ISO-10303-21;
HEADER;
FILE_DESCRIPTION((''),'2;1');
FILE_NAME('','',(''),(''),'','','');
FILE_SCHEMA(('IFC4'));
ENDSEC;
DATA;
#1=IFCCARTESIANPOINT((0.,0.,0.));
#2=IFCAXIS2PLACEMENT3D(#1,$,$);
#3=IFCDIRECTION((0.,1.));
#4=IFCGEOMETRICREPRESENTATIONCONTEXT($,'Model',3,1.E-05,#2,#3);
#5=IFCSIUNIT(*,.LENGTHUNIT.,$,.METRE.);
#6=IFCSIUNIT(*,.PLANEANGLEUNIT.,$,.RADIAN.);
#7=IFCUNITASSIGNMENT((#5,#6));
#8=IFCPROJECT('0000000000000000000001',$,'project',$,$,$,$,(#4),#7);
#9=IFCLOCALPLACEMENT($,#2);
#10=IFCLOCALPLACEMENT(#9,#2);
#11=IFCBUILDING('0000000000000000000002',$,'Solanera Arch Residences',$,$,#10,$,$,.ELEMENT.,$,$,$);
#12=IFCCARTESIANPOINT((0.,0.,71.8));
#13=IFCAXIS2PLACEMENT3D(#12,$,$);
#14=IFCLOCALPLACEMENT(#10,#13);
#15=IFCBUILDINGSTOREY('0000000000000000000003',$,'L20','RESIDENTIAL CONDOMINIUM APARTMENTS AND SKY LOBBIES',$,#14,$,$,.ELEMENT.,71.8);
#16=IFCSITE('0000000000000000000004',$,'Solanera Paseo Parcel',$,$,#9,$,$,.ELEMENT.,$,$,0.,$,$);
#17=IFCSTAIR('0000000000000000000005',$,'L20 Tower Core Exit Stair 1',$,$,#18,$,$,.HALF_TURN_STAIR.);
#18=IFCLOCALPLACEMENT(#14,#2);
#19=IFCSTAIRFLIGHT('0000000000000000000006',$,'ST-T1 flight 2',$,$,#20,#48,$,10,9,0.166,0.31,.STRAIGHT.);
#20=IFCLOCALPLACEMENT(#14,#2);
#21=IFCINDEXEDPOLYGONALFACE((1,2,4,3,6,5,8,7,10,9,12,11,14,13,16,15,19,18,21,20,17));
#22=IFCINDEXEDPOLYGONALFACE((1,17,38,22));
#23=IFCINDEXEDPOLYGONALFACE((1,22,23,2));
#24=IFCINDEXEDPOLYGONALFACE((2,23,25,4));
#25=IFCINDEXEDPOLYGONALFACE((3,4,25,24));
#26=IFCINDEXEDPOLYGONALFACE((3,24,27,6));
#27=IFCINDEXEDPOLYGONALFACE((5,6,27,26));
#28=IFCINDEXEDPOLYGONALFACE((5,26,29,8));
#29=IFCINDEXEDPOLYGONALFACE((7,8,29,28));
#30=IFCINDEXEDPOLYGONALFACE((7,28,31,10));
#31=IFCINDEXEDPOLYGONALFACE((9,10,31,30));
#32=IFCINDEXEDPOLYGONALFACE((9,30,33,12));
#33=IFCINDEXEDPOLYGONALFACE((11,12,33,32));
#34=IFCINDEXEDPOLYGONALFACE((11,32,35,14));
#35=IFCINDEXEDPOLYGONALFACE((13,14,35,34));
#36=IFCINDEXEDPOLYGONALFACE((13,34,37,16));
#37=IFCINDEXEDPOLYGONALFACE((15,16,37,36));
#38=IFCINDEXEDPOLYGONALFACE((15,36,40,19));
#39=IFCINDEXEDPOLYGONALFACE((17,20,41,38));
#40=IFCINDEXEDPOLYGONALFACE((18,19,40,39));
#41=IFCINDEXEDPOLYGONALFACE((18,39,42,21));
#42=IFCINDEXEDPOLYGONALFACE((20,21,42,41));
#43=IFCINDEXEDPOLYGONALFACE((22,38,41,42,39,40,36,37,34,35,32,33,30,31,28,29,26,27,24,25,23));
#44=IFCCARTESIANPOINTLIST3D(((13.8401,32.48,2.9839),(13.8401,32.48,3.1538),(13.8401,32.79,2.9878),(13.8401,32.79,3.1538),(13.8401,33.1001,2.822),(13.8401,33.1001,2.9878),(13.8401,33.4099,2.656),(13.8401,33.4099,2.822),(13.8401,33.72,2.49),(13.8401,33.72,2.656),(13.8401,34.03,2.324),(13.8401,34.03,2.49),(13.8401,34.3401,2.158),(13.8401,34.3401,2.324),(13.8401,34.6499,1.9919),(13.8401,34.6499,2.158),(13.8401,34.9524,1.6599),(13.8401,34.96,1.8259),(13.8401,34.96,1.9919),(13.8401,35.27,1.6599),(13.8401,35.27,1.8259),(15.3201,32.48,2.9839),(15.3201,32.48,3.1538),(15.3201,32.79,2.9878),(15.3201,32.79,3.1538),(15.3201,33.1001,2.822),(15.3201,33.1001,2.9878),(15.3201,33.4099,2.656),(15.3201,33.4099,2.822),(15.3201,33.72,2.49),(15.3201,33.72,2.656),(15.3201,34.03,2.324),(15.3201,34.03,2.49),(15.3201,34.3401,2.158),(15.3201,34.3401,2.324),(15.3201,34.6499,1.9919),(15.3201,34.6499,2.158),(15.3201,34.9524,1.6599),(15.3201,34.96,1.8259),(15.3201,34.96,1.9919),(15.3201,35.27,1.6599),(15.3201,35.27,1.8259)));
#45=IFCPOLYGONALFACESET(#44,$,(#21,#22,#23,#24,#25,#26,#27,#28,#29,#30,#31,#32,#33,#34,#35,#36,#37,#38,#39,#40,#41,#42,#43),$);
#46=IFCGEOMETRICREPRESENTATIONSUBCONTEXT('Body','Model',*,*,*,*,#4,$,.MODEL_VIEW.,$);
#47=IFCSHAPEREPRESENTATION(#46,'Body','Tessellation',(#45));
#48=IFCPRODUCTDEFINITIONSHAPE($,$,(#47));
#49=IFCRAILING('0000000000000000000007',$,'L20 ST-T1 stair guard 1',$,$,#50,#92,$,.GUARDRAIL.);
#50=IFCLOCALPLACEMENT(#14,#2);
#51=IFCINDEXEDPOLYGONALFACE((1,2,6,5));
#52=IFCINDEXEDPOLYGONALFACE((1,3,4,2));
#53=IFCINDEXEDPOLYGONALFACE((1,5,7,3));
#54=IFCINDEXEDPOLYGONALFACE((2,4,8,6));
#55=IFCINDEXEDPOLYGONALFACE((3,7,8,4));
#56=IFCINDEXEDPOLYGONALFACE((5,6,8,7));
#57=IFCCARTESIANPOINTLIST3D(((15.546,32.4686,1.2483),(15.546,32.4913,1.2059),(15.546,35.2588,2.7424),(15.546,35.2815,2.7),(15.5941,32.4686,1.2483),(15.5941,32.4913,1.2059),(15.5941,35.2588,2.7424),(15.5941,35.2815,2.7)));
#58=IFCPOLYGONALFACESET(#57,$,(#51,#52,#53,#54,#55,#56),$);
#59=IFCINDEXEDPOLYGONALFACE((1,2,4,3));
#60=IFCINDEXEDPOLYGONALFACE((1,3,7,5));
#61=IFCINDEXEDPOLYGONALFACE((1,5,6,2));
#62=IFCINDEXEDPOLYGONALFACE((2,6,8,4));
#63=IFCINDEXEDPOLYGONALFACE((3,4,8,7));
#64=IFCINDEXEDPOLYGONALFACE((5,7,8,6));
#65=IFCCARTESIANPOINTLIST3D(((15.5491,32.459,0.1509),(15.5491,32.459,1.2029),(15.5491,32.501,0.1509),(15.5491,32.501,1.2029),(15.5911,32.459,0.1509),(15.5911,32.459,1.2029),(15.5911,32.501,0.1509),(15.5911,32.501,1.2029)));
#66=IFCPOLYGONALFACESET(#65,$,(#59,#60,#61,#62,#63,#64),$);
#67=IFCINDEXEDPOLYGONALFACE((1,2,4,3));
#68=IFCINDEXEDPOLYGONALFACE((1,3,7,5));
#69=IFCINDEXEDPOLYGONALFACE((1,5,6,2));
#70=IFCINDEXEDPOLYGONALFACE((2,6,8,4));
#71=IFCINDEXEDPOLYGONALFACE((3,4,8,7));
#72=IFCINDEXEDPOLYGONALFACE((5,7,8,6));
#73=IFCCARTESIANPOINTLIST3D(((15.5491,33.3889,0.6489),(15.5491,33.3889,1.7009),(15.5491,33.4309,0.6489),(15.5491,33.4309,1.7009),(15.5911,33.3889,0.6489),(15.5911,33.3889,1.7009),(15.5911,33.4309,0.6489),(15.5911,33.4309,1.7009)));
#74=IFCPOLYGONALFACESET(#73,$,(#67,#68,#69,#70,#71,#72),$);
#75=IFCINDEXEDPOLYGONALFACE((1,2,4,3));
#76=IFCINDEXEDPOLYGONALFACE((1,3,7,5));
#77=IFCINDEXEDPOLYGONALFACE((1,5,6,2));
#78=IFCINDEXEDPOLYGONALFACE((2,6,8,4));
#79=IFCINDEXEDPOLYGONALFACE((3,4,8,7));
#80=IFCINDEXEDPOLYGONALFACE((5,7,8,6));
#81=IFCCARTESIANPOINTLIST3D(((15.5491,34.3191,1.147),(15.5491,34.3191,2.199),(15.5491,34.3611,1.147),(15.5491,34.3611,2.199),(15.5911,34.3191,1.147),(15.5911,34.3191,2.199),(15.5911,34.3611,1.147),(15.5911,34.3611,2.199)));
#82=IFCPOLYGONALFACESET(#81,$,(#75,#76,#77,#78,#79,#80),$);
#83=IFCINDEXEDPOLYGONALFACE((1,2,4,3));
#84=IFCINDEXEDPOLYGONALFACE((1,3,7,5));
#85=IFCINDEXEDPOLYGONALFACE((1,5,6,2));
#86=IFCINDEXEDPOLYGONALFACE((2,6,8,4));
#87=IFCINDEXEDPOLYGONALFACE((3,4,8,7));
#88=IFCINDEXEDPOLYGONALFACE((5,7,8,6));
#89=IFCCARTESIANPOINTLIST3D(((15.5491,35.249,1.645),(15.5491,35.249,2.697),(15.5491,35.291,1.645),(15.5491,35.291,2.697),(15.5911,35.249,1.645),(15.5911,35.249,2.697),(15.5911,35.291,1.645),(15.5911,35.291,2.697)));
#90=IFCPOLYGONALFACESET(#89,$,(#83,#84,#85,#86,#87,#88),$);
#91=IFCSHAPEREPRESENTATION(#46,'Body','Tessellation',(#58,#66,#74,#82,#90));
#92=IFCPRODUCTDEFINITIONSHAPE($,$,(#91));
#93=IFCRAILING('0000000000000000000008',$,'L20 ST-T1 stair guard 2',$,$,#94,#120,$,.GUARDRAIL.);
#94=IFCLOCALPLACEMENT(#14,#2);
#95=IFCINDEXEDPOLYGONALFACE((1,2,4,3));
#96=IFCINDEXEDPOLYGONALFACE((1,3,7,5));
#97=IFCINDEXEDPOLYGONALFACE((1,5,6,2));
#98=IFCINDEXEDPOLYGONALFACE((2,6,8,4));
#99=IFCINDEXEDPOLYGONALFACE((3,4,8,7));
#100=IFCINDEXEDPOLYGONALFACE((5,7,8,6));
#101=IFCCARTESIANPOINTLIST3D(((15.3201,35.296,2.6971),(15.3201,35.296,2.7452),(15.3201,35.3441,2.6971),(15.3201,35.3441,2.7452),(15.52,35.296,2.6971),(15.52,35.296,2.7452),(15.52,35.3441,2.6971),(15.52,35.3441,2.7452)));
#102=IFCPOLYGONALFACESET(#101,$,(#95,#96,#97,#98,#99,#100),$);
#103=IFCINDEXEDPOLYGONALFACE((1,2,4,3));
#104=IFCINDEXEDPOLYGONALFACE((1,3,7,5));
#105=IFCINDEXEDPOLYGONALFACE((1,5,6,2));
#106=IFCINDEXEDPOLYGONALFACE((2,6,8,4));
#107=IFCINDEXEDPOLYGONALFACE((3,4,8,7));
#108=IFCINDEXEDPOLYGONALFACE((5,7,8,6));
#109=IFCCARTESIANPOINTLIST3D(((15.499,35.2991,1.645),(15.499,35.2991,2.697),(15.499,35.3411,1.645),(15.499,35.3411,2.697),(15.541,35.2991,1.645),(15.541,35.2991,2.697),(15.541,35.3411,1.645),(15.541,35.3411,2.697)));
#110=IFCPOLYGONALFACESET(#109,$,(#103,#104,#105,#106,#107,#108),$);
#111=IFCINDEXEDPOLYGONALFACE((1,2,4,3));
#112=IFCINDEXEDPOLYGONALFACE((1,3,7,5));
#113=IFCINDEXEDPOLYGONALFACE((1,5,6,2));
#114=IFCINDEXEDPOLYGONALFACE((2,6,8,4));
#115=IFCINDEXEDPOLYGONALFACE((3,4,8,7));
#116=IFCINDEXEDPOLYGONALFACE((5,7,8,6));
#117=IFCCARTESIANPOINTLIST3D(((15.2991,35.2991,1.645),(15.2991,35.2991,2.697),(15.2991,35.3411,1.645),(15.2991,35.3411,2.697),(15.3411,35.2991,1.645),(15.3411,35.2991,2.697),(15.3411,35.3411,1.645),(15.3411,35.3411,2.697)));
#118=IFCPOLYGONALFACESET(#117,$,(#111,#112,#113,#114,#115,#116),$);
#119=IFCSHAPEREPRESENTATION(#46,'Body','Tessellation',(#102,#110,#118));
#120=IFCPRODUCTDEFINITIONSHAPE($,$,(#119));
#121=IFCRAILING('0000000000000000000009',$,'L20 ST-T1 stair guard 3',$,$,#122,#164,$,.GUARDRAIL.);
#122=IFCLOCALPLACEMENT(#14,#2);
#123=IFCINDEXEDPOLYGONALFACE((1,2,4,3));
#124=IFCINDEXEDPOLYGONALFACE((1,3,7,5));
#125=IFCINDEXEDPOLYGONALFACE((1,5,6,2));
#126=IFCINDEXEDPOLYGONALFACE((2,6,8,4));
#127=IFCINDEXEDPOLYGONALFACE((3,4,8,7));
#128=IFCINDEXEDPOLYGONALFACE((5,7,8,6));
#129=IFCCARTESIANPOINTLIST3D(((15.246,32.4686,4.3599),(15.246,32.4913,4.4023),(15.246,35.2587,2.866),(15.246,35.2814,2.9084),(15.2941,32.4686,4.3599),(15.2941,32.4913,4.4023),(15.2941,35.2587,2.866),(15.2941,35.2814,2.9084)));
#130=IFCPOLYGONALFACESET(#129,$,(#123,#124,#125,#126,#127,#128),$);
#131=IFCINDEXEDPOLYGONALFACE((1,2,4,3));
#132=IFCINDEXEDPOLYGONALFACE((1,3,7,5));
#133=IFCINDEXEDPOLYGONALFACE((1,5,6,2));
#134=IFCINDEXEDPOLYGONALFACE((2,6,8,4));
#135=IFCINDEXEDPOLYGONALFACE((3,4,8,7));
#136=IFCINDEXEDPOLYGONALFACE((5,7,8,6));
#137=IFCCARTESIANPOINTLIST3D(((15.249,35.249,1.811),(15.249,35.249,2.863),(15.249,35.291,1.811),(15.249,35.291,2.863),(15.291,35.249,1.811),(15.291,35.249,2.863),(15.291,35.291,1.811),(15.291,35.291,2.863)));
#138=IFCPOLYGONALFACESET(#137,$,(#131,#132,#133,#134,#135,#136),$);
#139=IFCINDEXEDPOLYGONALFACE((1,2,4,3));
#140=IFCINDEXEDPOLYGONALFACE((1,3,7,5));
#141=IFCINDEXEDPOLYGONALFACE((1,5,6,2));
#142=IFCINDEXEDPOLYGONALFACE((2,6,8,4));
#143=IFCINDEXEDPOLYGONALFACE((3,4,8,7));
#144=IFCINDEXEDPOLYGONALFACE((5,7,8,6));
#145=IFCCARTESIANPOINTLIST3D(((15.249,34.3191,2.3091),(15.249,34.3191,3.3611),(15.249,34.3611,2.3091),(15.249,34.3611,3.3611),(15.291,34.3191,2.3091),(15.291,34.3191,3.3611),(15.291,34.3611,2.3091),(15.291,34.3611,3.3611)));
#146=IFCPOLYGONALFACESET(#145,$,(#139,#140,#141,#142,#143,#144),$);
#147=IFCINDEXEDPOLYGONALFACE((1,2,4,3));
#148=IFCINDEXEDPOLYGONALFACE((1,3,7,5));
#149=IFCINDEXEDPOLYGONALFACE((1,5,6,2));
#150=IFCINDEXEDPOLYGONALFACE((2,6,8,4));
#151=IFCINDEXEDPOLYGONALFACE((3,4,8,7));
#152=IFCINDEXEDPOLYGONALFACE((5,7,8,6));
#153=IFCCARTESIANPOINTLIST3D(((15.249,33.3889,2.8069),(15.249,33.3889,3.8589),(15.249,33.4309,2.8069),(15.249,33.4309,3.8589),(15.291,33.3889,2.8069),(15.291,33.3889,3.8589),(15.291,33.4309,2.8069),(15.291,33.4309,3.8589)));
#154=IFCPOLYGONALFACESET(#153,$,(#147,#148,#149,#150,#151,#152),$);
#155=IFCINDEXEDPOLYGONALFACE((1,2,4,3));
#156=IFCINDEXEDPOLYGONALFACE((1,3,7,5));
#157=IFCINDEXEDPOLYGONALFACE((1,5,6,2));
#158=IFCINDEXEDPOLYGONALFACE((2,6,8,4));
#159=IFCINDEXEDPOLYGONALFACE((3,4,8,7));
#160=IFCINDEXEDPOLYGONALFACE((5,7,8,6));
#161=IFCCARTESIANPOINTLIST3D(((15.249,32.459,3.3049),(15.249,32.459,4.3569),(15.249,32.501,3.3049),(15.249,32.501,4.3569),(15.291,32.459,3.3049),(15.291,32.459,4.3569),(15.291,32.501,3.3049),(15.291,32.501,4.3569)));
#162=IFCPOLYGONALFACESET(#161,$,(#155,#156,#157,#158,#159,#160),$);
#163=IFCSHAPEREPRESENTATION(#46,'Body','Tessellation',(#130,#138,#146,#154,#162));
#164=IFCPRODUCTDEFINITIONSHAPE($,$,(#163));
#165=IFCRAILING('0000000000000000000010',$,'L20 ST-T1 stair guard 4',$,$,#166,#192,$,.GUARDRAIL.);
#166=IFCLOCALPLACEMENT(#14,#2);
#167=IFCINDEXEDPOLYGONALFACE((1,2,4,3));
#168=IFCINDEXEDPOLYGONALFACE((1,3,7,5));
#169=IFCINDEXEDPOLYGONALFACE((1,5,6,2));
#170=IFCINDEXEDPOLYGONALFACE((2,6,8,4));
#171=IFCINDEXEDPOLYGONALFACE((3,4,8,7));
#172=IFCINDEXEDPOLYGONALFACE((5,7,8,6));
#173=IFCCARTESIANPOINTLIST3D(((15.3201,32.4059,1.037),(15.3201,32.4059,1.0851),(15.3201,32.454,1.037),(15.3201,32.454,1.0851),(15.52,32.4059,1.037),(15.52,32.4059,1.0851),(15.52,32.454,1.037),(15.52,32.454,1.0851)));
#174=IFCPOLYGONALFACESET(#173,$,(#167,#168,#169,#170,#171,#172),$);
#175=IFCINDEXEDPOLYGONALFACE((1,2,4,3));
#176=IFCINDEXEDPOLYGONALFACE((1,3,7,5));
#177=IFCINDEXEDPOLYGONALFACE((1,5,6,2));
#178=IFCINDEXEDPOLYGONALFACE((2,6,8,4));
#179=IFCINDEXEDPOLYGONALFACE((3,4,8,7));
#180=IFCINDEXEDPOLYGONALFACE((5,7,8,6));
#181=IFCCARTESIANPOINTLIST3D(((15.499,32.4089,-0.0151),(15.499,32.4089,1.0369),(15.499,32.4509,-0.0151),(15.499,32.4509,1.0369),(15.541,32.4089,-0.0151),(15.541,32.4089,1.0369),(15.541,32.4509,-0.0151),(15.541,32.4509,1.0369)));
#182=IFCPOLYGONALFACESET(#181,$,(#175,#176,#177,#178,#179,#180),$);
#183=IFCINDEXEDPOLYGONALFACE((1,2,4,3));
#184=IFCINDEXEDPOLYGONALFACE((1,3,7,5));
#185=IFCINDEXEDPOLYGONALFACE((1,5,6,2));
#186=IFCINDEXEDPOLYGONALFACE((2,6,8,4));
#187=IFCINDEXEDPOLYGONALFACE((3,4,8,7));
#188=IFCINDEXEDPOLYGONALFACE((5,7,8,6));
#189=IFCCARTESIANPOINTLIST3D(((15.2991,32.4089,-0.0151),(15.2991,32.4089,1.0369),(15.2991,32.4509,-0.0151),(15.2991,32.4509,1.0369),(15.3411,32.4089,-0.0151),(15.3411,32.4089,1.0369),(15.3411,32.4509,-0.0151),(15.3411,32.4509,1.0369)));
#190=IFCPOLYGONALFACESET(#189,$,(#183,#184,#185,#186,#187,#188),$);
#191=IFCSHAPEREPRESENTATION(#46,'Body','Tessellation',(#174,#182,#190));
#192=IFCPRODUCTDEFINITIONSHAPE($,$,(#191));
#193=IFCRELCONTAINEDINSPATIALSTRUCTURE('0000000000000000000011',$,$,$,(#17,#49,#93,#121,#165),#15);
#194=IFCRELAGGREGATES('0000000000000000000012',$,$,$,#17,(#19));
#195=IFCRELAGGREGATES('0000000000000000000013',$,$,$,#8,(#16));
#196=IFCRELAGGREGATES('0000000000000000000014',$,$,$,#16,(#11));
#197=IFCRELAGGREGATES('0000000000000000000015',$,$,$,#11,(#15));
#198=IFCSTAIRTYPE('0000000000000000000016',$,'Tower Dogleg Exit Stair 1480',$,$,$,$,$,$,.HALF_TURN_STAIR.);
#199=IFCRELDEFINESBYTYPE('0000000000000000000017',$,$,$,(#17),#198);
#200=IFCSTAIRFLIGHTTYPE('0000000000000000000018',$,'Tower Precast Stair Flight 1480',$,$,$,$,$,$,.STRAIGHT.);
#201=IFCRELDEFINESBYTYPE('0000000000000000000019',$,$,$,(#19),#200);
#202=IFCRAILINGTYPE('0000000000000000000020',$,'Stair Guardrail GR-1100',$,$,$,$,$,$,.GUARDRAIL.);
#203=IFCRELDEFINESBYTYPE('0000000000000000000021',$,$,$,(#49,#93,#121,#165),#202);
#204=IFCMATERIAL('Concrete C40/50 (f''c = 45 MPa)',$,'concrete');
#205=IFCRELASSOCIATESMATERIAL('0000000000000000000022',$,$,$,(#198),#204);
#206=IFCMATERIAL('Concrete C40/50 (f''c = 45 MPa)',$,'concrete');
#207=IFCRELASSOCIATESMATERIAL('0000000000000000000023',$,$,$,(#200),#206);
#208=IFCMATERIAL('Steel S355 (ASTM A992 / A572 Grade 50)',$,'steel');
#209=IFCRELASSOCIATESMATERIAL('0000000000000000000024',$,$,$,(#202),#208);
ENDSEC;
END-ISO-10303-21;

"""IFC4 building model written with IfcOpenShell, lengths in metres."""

from ifc_helpers import new_model, si_unit, direction, frame, origin, origin_2d, place, context, subcontext, project, spatial, polyline, rectangle, outline, extrude, material, type_object, element, aggregate, save


model = new_model("IFC4")

# Units and contexts
model_context = context("Model", 3, precision=1e-05, world=origin(), true_north=direction((0.0, 1.0)))
body_context = subcontext(model_context, "Body", "Model", "MODEL_VIEW")
ifc_project = project(units=[si_unit("LENGTHUNIT", "METRE"), si_unit("PLANEANGLEUNIT", "RADIAN")], contexts=[model_context])

# Site, building, storey
site_placement = place(None, origin())
site = spatial("IfcSite", under=ifc_project, at=site_placement, Name="Solanera Paseo Parcel", CompositionType="ELEMENT", RefElevation=0.0)
building_placement = place(site_placement, origin())
building = spatial("IfcBuilding", under=site, at=building_placement, Name="Solanera Arch Residences", CompositionType="ELEMENT")
storey_placement = place(building_placement, frame((0.0, 0.0, 71.8)))
storey = spatial("IfcBuildingStorey", under=building, at=storey_placement, Name="L20", Description="RESIDENTIAL CONDOMINIUM APARTMENTS AND SKY LOBBIES", CompositionType="ELEMENT", Elevation=71.8)

# Stair, stair flight
ifc_material_1 = material(Name="Concrete C40/50 (f'c = 45 MPa)", Category="concrete")
stair_type = type_object("IfcStairType", Name="Tower Dogleg Exit Stair 1480", PredefinedType="HALF_TURN_STAIR", material=ifc_material_1)
stair_placement = place(storey_placement, origin())
stair = element("IfcStair", 1, at=stair_placement, inside=storey, type_object=stair_type, Name="L20 Tower Core Exit Stair 1", PredefinedType="HALF_TURN_STAIR")
ifc_material_2 = material(Name="Concrete C40/50 (f'c = 45 MPa)", Category="concrete")
stair_flight_type = type_object("IfcStairFlightType", Name="Tower Precast Stair Flight 1480", PredefinedType="STRAIGHT", material=ifc_material_2)
stair_flight_1_placement = place(storey_placement, frame((14.5801, 35.27, 1.6599), z_axis=(0.0, 0.0, 1.0), x_axis=(0.0, -1.0, 0.0)))
stair_flight_1 = element("IfcStairFlight", 2, at=stair_flight_1_placement, type_object=stair_flight_type, Name="ST-T1 flight 2", NumberOfRisers=10, NumberOfTreads=9, PredefinedType="STRAIGHT", RiserHeight=0.166, TreadLength=0.31, context=body_context, shape_type="SweptSolid", body=[
    extrude(outline(polyline([(0.0, 0.0), (0.0, 0.166), (0.3101, 0.166), (0.3101, 0.332), (0.6201, 0.332), (0.6201, 0.498), (0.9299, 0.498), (0.9299, 0.6641), (1.24, 0.6641), (1.24, 0.8301), (1.55, 0.8301), (1.55, 0.9961), (1.8601, 0.9961), (1.8601, 1.1621), (2.1699, 1.1621), (2.1699, 1.3279), (2.48, 1.3279), (2.48, 1.4939), (2.79, 1.4939), (2.79, 1.6599), (2.79, 1.324), (0.3176, 0.0), (0.0, 0.0)])), frame((0.0, 0.74, 0.0), z_axis=(0.0, -1.0, 0.0), x_axis=(1.0, 0.0, 0.0)), (0.0, 0.0, 1.0), 1.48),
])
aggregate(stair, [stair_flight_1])

# Railings
ifc_material_3 = material(Name="Steel S355 (ASTM A992 / A572 Grade 50)", Category="steel")
railing_type_1 = type_object("IfcRailingType", Name="Stair Guardrail GR-1100", PredefinedType="GUARDRAIL", material=ifc_material_3)
railing_1_placement = place(storey_placement, frame((15.5701, 32.48, 0.1509)))
element("IfcRailing", 3, at=railing_1_placement, inside=storey, type_object=railing_type_1, Name="L20 ST-T1 stair guard 1", PredefinedType="GUARDRAIL", context=body_context, shape_type="SweptSolid", body=[
    extrude(rectangle(XDim=0.0481, YDim=0.0481, at=origin_2d()), frame((0.0, 0.0, 1.0762), z_axis=(0.0, 0.881549, 0.472093), x_axis=(-1.0, 0.0, 0.0)), (0.0, 0.0, 1.0), 3.165),
    extrude(rectangle(XDim=0.042, YDim=0.042, at=origin_2d()), origin(), (0.0, 0.0, 1.0), 1.052),
    extrude(rectangle(XDim=0.042, YDim=0.042, at=origin_2d()), frame((0.0, 0.9299, 0.498)), (0.0, 0.0, 1.0), 1.052),
    extrude(rectangle(XDim=0.042, YDim=0.042, at=origin_2d()), frame((0.0, 1.8601, 0.9961)), (0.0, 0.0, 1.0), 1.052),
    extrude(rectangle(XDim=0.042, YDim=0.042, at=origin_2d()), frame((0.0, 2.79, 1.4941)), (0.0, 0.0, 1.0), 1.052),
])
railing_2_placement = place(storey_placement, frame((15.52, 35.3201, 1.645)))
element("IfcRailing", 4, at=railing_2_placement, inside=storey, type_object=railing_type_1, Name="L20 ST-T1 stair guard 2", PredefinedType="GUARDRAIL", context=body_context, shape_type="SweptSolid", body=[
    extrude(rectangle(XDim=0.0481, YDim=0.0481, at=origin_2d()), frame((0.0, 0.0, 1.0762), z_axis=(-1.0, 0.0, 0.0), x_axis=(0.0, -1.0, 0.0)), (0.0, 0.0, 1.0), 0.2),
    extrude(rectangle(XDim=0.042, YDim=0.042, at=origin_2d()), origin(), (0.0, 0.0, 1.0), 1.052),
    extrude(rectangle(XDim=0.042, YDim=0.042, at=origin_2d()), frame((-0.2, 0.0, 0.0)), (0.0, 0.0, 1.0), 1.052),
])
railing_3_placement = place(storey_placement, frame((15.27, 35.27, 1.811)))
element("IfcRailing", 5, at=railing_3_placement, inside=storey, type_object=railing_type_1, Name="L20 ST-T1 stair guard 3", PredefinedType="GUARDRAIL", context=body_context, shape_type="SweptSolid", body=[
    extrude(rectangle(XDim=0.0481, YDim=0.0481, at=origin_2d()), frame((0.0, 0.0, 1.0762), z_axis=(0.0, -0.881581, 0.472033), x_axis=(1.0, 0.0, 0.0)), (0.0, 0.0, 1.0), 3.1648),
    extrude(rectangle(XDim=0.042, YDim=0.042, at=origin_2d()), origin(), (0.0, 0.0, 1.0), 1.052),
    extrude(rectangle(XDim=0.042, YDim=0.042, at=origin_2d()), frame((0.0, -0.9299, 0.498)), (0.0, 0.0, 1.0), 1.052),
    extrude(rectangle(XDim=0.042, YDim=0.042, at=origin_2d()), frame((0.0, -1.8601, 0.9958)), (0.0, 0.0, 1.0), 1.052),
    extrude(rectangle(XDim=0.042, YDim=0.042, at=origin_2d()), frame((0.0, -2.79, 1.4939)), (0.0, 0.0, 1.0), 1.052),
])
railing_4_placement = place(storey_placement, frame((15.52, 32.4299, -0.0151)))
element("IfcRailing", 6, at=railing_4_placement, inside=storey, type_object=railing_type_1, Name="L20 ST-T1 stair guard 4", PredefinedType="GUARDRAIL", context=body_context, shape_type="SweptSolid", body=[
    extrude(rectangle(XDim=0.0481, YDim=0.0481, at=origin_2d()), frame((0.0, 0.0, 1.0762), z_axis=(-1.0, 0.0, 0.0), x_axis=(0.0, -1.0, 0.0)), (0.0, 0.0, 1.0), 0.2),
    extrude(rectangle(XDim=0.042, YDim=0.042, at=origin_2d()), origin(), (0.0, 0.0, 1.0), 1.052),
    extrude(rectangle(XDim=0.042, YDim=0.042, at=origin_2d()), frame((-0.2, 0.0, 0.0)), (0.0, 0.0, 1.0), 1.052),
])

save(model, "model.ifc")
